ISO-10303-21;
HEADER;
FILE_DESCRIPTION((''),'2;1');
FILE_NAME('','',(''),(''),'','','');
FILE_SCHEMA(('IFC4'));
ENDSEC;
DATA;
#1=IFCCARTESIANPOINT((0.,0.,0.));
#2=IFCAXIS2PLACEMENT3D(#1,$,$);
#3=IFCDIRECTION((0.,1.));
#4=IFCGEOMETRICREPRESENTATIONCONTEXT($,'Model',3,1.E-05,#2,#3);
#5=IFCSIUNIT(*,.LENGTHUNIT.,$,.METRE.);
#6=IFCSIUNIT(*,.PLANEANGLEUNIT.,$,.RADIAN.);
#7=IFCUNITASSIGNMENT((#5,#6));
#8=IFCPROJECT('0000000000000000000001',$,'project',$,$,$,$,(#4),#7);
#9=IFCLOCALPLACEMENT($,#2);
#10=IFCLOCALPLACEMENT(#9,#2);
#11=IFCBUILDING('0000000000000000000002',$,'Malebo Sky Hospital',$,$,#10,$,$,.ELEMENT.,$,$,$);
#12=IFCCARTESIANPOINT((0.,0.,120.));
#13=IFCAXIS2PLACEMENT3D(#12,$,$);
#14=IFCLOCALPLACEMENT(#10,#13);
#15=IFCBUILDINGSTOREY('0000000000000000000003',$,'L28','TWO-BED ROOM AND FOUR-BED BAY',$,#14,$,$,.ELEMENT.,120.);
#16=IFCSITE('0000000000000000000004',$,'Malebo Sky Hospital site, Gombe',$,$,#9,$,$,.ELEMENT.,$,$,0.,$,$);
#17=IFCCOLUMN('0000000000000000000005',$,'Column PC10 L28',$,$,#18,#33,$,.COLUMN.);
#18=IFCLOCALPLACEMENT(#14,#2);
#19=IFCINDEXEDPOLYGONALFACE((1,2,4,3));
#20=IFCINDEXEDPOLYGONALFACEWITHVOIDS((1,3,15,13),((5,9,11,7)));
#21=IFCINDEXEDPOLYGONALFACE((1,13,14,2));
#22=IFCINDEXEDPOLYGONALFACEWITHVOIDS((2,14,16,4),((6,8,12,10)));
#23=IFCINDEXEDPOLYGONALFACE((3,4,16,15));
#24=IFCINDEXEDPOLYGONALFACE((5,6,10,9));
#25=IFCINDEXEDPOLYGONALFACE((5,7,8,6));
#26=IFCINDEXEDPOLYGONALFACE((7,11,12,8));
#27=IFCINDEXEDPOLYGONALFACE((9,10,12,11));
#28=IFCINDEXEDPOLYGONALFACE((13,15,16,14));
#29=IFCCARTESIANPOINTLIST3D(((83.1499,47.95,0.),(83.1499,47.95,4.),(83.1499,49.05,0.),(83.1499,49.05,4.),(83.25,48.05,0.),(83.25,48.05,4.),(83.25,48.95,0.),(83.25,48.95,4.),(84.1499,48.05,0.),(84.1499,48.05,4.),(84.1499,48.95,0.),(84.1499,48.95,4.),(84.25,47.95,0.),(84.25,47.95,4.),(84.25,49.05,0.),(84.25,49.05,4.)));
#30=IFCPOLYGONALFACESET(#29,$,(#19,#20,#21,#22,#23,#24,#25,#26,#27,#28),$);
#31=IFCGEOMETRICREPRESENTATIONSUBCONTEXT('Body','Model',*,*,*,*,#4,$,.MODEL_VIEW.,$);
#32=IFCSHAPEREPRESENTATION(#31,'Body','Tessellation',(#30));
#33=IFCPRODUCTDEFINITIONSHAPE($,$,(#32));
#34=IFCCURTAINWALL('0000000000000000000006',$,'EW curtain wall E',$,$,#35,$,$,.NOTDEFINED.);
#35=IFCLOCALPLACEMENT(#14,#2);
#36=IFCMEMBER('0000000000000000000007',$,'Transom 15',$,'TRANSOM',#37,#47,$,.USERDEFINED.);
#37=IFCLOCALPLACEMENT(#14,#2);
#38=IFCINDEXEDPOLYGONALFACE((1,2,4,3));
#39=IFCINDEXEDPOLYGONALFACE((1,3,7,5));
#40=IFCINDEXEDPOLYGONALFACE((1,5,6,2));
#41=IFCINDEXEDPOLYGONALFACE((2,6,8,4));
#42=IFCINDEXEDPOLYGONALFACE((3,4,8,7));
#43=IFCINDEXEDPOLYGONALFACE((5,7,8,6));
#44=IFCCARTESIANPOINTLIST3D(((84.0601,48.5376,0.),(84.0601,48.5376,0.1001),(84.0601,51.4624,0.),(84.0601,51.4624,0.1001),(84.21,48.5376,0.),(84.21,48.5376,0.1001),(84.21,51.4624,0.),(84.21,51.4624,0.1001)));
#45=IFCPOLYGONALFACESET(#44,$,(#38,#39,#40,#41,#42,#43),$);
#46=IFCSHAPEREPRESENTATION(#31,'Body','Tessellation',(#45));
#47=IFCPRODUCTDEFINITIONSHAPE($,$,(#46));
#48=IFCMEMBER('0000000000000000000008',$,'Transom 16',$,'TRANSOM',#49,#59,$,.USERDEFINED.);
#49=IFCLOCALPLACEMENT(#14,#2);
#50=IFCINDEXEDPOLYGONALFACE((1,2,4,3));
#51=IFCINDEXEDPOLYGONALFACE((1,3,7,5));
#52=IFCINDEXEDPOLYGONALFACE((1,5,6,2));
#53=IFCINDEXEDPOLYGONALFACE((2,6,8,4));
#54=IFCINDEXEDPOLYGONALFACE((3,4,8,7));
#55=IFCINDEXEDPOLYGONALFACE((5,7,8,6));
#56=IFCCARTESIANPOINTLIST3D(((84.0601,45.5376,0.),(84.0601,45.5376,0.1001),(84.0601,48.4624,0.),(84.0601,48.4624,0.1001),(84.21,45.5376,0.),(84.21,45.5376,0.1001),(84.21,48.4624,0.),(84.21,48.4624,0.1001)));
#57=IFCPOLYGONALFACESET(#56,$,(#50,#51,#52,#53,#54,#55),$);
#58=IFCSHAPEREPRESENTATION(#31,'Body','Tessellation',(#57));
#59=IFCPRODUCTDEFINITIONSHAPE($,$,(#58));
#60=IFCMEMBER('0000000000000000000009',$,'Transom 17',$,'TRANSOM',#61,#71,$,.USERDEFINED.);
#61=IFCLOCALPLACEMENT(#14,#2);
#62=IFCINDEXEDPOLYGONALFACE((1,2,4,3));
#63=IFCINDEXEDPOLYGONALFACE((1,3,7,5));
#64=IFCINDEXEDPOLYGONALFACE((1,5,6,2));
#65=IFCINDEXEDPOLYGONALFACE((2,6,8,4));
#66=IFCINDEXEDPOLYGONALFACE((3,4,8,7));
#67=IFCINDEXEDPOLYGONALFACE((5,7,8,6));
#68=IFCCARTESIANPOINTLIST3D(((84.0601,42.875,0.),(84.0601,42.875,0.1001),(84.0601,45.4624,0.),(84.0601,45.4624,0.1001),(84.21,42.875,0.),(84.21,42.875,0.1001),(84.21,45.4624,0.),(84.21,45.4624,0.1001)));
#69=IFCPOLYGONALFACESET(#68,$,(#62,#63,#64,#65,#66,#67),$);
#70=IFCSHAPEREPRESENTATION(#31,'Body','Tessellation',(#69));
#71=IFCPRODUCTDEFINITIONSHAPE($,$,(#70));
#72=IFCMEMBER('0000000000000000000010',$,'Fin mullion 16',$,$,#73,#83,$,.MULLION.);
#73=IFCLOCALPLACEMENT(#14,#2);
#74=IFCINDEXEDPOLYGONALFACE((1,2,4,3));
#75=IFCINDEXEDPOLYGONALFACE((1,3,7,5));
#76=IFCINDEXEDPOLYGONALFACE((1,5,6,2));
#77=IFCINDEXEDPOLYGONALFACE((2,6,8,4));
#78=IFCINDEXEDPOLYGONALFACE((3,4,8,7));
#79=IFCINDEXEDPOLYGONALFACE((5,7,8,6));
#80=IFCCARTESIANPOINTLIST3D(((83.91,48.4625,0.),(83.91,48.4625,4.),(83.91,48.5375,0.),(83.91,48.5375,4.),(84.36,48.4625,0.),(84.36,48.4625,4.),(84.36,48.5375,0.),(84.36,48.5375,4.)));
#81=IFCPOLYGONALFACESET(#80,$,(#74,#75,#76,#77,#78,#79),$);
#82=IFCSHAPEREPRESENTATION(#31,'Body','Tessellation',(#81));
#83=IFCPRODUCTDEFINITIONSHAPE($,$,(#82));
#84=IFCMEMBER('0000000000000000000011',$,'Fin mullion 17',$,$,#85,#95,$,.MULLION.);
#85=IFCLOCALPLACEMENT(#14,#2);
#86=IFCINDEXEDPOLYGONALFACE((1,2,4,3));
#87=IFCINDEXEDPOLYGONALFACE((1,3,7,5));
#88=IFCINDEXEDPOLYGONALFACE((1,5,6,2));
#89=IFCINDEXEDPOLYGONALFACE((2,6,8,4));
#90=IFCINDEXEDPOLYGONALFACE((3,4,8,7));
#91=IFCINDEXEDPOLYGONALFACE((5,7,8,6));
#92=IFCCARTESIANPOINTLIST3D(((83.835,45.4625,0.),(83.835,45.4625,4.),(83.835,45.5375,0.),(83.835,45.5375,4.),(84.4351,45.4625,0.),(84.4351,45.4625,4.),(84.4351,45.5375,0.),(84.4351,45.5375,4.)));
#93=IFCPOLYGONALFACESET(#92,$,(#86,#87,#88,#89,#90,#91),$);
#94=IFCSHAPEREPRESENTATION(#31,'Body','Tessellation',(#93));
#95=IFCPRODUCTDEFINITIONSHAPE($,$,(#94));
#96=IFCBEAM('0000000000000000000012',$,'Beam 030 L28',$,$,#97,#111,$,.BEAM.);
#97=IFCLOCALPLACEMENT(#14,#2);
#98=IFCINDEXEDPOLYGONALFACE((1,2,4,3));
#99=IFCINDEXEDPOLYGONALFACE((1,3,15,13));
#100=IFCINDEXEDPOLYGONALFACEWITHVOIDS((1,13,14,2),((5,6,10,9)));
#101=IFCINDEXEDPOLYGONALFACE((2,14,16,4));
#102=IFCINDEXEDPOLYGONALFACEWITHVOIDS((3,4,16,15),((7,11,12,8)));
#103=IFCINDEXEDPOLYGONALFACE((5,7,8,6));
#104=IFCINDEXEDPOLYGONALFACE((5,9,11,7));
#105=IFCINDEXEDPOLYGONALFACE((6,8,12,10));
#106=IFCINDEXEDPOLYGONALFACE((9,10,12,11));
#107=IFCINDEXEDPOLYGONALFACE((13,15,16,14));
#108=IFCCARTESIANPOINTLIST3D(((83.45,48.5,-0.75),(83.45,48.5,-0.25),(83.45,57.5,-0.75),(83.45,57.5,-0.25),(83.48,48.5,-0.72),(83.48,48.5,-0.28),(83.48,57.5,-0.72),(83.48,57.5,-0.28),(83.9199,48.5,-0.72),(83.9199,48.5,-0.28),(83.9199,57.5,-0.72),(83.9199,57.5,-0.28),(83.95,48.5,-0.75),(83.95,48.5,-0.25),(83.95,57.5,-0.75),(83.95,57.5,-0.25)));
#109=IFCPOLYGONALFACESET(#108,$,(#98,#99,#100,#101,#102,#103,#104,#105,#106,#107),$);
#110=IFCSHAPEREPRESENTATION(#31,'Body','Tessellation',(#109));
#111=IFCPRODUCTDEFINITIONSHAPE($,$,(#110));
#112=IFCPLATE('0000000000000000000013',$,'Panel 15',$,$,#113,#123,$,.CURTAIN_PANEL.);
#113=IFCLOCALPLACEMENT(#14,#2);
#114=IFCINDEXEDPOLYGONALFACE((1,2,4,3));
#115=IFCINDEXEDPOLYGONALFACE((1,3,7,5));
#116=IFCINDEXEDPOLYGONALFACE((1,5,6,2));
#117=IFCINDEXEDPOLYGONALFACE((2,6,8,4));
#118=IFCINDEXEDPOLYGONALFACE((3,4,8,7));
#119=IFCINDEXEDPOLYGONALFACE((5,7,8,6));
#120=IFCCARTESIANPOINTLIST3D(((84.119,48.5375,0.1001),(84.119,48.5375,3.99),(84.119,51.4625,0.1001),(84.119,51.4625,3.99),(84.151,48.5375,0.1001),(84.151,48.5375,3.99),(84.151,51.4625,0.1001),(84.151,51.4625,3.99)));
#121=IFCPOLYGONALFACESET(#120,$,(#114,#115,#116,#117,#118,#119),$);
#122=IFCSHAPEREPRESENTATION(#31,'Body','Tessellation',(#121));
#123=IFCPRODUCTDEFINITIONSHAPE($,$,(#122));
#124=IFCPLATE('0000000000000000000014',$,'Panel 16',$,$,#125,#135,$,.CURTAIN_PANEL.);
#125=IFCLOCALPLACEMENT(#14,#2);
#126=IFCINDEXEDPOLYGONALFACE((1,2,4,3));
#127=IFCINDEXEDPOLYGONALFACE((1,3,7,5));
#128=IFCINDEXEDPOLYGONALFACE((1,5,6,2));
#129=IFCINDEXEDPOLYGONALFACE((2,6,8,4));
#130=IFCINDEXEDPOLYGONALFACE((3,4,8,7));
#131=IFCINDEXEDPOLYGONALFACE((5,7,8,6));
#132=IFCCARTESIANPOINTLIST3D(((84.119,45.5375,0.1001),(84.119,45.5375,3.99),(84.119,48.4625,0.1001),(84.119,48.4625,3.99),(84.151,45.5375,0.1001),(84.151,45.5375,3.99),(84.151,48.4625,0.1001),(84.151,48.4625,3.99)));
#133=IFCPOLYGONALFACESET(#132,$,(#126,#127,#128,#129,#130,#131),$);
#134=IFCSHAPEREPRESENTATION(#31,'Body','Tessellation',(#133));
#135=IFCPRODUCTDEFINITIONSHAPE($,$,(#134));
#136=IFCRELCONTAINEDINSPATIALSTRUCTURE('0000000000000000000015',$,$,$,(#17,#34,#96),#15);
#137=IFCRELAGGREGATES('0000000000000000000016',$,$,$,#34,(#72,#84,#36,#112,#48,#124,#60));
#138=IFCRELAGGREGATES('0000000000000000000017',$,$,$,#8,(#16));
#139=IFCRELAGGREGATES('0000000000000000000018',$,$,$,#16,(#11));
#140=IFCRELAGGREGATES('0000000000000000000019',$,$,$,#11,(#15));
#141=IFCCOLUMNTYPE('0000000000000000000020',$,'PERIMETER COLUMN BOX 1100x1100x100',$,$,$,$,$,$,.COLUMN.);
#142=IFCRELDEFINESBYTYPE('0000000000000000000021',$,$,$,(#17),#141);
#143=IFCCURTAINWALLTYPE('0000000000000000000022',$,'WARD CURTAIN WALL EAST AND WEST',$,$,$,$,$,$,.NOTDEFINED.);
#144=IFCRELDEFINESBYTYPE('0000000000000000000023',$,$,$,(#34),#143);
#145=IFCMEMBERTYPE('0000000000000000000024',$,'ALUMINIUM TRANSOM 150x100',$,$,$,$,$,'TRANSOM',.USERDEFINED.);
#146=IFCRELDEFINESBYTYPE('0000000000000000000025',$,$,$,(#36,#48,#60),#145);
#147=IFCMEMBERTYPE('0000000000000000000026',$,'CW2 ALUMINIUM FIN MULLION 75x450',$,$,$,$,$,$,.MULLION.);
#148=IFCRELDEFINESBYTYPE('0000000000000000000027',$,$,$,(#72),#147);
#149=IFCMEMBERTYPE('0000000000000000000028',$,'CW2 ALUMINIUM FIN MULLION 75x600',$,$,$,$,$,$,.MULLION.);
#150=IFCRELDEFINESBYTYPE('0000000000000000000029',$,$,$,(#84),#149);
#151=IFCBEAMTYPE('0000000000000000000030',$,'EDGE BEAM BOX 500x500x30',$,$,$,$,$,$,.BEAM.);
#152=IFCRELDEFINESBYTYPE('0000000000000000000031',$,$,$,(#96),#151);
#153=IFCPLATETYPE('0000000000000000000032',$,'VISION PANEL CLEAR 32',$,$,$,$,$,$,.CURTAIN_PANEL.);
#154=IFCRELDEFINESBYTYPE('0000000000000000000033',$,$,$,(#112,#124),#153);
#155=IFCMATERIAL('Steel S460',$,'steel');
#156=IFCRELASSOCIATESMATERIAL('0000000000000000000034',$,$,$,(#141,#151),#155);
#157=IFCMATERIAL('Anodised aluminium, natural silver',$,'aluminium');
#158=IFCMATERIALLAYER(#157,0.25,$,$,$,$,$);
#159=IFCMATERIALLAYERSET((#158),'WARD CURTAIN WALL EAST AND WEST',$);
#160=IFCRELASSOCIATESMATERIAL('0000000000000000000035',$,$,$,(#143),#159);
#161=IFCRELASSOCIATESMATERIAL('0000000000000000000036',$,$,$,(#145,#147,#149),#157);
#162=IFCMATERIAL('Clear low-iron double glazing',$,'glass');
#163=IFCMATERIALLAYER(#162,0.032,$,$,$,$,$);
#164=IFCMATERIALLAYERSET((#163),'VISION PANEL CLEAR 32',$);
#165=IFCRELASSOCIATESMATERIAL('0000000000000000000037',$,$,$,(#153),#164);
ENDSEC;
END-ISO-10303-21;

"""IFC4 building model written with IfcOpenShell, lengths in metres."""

from ifc_helpers import new_model, si_unit, direction, frame, origin, origin_2d, place, context, subcontext, project, spatial, rectangle, hollow_rectangle, extrude, material, layer, layer_set, material_profile, profile_set, type_object, element, aggregate, save


model = new_model("IFC4")

# Units and contexts
model_context = context("Model", 3, precision=1e-05, world=origin(), true_north=direction((0.0, 1.0)))
body_context = subcontext(model_context, "Body", "Model", "MODEL_VIEW")
ifc_project = project(units=[si_unit("LENGTHUNIT", "METRE"), si_unit("PLANEANGLEUNIT", "RADIAN")], contexts=[model_context])

# Site, building, storey
site_placement = place(None, origin())
site = spatial("IfcSite", under=ifc_project, at=site_placement, Name="Malebo Sky Hospital site, Gombe", CompositionType="ELEMENT", RefElevation=0.0)
building_placement = place(site_placement, origin())
building = spatial("IfcBuilding", under=site, at=building_placement, Name="Malebo Sky Hospital", CompositionType="ELEMENT")
storey_placement = place(building_placement, frame((0.0, 0.0, 120.0)))
storey = spatial("IfcBuildingStorey", under=building, at=storey_placement, Name="L28", Description="TWO-BED ROOM AND FOUR-BED BAY", CompositionType="ELEMENT", Elevation=120.0)

# Column
ifc_material_1 = material(Name="Steel S460", Category="steel")
ifc_material_profile_1 = material_profile(ifc_material_1, hollow_rectangle(XDim=1.1001, YDim=1.1001, WallThickness=0.1001, at=origin_2d()), Name="BOX 1100x1100x100")
ifc_profile_set_1 = profile_set([ifc_material_profile_1], Name="Steel S460")
column_type = type_object("IfcColumnType", Name="PERIMETER COLUMN BOX 1100x1100x100", PredefinedType="COLUMN", material=ifc_profile_set_1)
column_placement = place(storey_placement, frame((83.7, 48.5, 0.0), z_axis=(0.0, 0.0, 1.0), x_axis=(1.0, 0.0, 0.0)))
element("IfcColumn", 1, at=column_placement, inside=storey, type_object=column_type, Name="Column PC10 L28", PredefinedType="COLUMN", context=body_context, shape_type="SweptSolid", body=[
    extrude(hollow_rectangle(XDim=1.1001, YDim=1.1001, WallThickness=0.1001, at=origin_2d()), origin(), (0.0, 0.0, 1.0), 4.0),
])

# Curtain wall, members
ifc_material_2 = material(Name="Anodised aluminium, natural silver", Category="aluminium")
ifc_layer_1 = layer(ifc_material_2, 0.25)
ifc_layer_set_1 = layer_set([ifc_layer_1], Name="WARD CURTAIN WALL EAST AND WEST")
curtain_wall_type = type_object("IfcCurtainWallType", Name="WARD CURTAIN WALL EAST AND WEST", PredefinedType="NOTDEFINED", material=ifc_layer_set_1)
curtain_wall_placement = place(storey_placement, origin())
curtain_wall = element("IfcCurtainWall", 2, at=curtain_wall_placement, inside=storey, type_object=curtain_wall_type, Name="EW curtain wall E", PredefinedType="NOTDEFINED")
ifc_material_profile_2 = material_profile(ifc_material_2, rectangle(XDim=0.1499, YDim=0.1001, at=origin_2d()), Name="ALUMINIUM TRANSOM 150x100")
ifc_profile_set_2 = profile_set([ifc_material_profile_2], Name="Anodised aluminium, natural silver")
member_type_1 = type_object("IfcMemberType", Name="ALUMINIUM TRANSOM 150x100", ElementType="TRANSOM", PredefinedType="USERDEFINED", material=ifc_profile_set_2)
member_1_placement = place(storey_placement, frame((84.135, 51.4624, 0.05), z_axis=(0.0, -1.0, 0.0), x_axis=(1.0, 0.0, 0.0)))
member_1 = element("IfcMember", 3, at=member_1_placement, type_object=member_type_1, Name="Transom 15", ObjectType="TRANSOM", PredefinedType="USERDEFINED", context=body_context, shape_type="SweptSolid", body=[
    extrude(rectangle(XDim=0.1499, YDim=0.1001, at=origin_2d()), origin(), (0.0, 0.0, 1.0), 2.9248),
])
member_2_placement = place(storey_placement, frame((84.135, 48.4624, 0.05), z_axis=(0.0, -1.0, 0.0), x_axis=(1.0, 0.0, 0.0)))
member_2 = element("IfcMember", 4, at=member_2_placement, type_object=member_type_1, Name="Transom 16", ObjectType="TRANSOM", PredefinedType="USERDEFINED", context=body_context, shape_type="SweptSolid", body=[
    extrude(rectangle(XDim=0.1499, YDim=0.1001, at=origin_2d()), origin(), (0.0, 0.0, 1.0), 2.9248),
])
member_3_placement = place(storey_placement, frame((84.135, 45.4624, 0.05), z_axis=(0.0, -1.0, 0.0), x_axis=(1.0, 0.0, 0.0)))
member_3 = element("IfcMember", 5, at=member_3_placement, type_object=member_type_1, Name="Transom 17", ObjectType="TRANSOM", PredefinedType="USERDEFINED", context=body_context, shape_type="SweptSolid", body=[
    extrude(rectangle(XDim=0.1499, YDim=0.1001, at=origin_2d()), origin(), (0.0, 0.0, 1.0), 2.5874),
])
ifc_material_profile_3 = material_profile(ifc_material_2, rectangle(XDim=0.075, YDim=0.45, at=origin_2d()), Name="CW2 ALUMINIUM FIN MULLION 75x450")
ifc_profile_set_3 = profile_set([ifc_material_profile_3], Name="Anodised aluminium, natural silver")
member_type_2 = type_object("IfcMemberType", Name="CW2 ALUMINIUM FIN MULLION 75x450", PredefinedType="MULLION", material=ifc_profile_set_3)
member_4_placement = place(storey_placement, frame((84.135, 48.5, 0.0), z_axis=(0.0, 0.0, 1.0), x_axis=(0.0, -1.0, 0.0)))
member_4 = element("IfcMember", 6, at=member_4_placement, type_object=member_type_2, Name="Fin mullion 16", PredefinedType="MULLION", context=body_context, shape_type="SweptSolid", body=[
    extrude(rectangle(XDim=0.075, YDim=0.45, at=origin_2d()), origin(), (0.0, 0.0, 1.0), 4.0),
])
ifc_material_profile_4 = material_profile(ifc_material_2, rectangle(XDim=0.075, YDim=0.6001, at=origin_2d()), Name="CW2 ALUMINIUM FIN MULLION 75x600")
ifc_profile_set_4 = profile_set([ifc_material_profile_4], Name="Anodised aluminium, natural silver")
member_type_3 = type_object("IfcMemberType", Name="CW2 ALUMINIUM FIN MULLION 75x600", PredefinedType="MULLION", material=ifc_profile_set_4)
member_5_placement = place(storey_placement, frame((84.135, 45.5, 0.0), z_axis=(0.0, 0.0, 1.0), x_axis=(0.0, -1.0, 0.0)))
member_5 = element("IfcMember", 7, at=member_5_placement, type_object=member_type_3, Name="Fin mullion 17", PredefinedType="MULLION", context=body_context, shape_type="SweptSolid", body=[
    extrude(rectangle(XDim=0.075, YDim=0.6001, at=origin_2d()), origin(), (0.0, 0.0, 1.0), 4.0),
])

# Beam
ifc_material_profile_5 = material_profile(ifc_material_1, hollow_rectangle(XDim=0.5, YDim=0.5, WallThickness=0.03, at=origin_2d()), Name="BOX 500x500x30")
ifc_profile_set_5 = profile_set([ifc_material_profile_5], Name="Steel S460")
beam_type = type_object("IfcBeamType", Name="EDGE BEAM BOX 500x500x30", PredefinedType="BEAM", material=ifc_profile_set_5)
beam_placement = place(storey_placement, frame((83.7, 48.5, -0.5), z_axis=(0.0, 1.0, 0.0), x_axis=(-1.0, 0.0, 0.0)))
element("IfcBeam", 8, at=beam_placement, inside=storey, type_object=beam_type, Name="Beam 030 L28", PredefinedType="BEAM", context=body_context, shape_type="SweptSolid", body=[
    extrude(hollow_rectangle(XDim=0.5, YDim=0.5, WallThickness=0.03, at=origin_2d()), origin(), (0.0, 0.0, 1.0), 9.0),
])

# Plates
ifc_material_3 = material(Name="Clear low-iron double glazing", Category="glass")
ifc_layer_2 = layer(ifc_material_3, 0.032)
ifc_layer_set_2 = layer_set([ifc_layer_2], Name="VISION PANEL CLEAR 32")
plate_type = type_object("IfcPlateType", Name="VISION PANEL CLEAR 32", PredefinedType="CURTAIN_PANEL", material=ifc_layer_set_2)
plate_1_placement = place(storey_placement, frame((84.135, 50.0, 0.1001), z_axis=(0.0, 0.0, 1.0), x_axis=(0.0, -1.0, 0.0)))
plate_1 = element("IfcPlate", 9, at=plate_1_placement, type_object=plate_type, Name="Panel 15", PredefinedType="CURTAIN_PANEL", context=body_context, shape_type="SweptSolid", body=[
    extrude(rectangle(XDim=2.925, YDim=0.032, at=origin_2d()), origin(), (0.0, 0.0, 1.0), 3.8899),
])
plate_2_placement = place(storey_placement, frame((84.135, 47.0, 0.1001), z_axis=(0.0, 0.0, 1.0), x_axis=(0.0, -1.0, 0.0)))
plate_2 = element("IfcPlate", 10, at=plate_2_placement, type_object=plate_type, Name="Panel 16", PredefinedType="CURTAIN_PANEL", context=body_context, shape_type="SweptSolid", body=[
    extrude(rectangle(XDim=2.925, YDim=0.032, at=origin_2d()), origin(), (0.0, 0.0, 1.0), 3.8899),
])
aggregate(curtain_wall, [member_4, member_5, member_1, plate_1, member_2, plate_2, member_3])

save(model, "model.ifc")
